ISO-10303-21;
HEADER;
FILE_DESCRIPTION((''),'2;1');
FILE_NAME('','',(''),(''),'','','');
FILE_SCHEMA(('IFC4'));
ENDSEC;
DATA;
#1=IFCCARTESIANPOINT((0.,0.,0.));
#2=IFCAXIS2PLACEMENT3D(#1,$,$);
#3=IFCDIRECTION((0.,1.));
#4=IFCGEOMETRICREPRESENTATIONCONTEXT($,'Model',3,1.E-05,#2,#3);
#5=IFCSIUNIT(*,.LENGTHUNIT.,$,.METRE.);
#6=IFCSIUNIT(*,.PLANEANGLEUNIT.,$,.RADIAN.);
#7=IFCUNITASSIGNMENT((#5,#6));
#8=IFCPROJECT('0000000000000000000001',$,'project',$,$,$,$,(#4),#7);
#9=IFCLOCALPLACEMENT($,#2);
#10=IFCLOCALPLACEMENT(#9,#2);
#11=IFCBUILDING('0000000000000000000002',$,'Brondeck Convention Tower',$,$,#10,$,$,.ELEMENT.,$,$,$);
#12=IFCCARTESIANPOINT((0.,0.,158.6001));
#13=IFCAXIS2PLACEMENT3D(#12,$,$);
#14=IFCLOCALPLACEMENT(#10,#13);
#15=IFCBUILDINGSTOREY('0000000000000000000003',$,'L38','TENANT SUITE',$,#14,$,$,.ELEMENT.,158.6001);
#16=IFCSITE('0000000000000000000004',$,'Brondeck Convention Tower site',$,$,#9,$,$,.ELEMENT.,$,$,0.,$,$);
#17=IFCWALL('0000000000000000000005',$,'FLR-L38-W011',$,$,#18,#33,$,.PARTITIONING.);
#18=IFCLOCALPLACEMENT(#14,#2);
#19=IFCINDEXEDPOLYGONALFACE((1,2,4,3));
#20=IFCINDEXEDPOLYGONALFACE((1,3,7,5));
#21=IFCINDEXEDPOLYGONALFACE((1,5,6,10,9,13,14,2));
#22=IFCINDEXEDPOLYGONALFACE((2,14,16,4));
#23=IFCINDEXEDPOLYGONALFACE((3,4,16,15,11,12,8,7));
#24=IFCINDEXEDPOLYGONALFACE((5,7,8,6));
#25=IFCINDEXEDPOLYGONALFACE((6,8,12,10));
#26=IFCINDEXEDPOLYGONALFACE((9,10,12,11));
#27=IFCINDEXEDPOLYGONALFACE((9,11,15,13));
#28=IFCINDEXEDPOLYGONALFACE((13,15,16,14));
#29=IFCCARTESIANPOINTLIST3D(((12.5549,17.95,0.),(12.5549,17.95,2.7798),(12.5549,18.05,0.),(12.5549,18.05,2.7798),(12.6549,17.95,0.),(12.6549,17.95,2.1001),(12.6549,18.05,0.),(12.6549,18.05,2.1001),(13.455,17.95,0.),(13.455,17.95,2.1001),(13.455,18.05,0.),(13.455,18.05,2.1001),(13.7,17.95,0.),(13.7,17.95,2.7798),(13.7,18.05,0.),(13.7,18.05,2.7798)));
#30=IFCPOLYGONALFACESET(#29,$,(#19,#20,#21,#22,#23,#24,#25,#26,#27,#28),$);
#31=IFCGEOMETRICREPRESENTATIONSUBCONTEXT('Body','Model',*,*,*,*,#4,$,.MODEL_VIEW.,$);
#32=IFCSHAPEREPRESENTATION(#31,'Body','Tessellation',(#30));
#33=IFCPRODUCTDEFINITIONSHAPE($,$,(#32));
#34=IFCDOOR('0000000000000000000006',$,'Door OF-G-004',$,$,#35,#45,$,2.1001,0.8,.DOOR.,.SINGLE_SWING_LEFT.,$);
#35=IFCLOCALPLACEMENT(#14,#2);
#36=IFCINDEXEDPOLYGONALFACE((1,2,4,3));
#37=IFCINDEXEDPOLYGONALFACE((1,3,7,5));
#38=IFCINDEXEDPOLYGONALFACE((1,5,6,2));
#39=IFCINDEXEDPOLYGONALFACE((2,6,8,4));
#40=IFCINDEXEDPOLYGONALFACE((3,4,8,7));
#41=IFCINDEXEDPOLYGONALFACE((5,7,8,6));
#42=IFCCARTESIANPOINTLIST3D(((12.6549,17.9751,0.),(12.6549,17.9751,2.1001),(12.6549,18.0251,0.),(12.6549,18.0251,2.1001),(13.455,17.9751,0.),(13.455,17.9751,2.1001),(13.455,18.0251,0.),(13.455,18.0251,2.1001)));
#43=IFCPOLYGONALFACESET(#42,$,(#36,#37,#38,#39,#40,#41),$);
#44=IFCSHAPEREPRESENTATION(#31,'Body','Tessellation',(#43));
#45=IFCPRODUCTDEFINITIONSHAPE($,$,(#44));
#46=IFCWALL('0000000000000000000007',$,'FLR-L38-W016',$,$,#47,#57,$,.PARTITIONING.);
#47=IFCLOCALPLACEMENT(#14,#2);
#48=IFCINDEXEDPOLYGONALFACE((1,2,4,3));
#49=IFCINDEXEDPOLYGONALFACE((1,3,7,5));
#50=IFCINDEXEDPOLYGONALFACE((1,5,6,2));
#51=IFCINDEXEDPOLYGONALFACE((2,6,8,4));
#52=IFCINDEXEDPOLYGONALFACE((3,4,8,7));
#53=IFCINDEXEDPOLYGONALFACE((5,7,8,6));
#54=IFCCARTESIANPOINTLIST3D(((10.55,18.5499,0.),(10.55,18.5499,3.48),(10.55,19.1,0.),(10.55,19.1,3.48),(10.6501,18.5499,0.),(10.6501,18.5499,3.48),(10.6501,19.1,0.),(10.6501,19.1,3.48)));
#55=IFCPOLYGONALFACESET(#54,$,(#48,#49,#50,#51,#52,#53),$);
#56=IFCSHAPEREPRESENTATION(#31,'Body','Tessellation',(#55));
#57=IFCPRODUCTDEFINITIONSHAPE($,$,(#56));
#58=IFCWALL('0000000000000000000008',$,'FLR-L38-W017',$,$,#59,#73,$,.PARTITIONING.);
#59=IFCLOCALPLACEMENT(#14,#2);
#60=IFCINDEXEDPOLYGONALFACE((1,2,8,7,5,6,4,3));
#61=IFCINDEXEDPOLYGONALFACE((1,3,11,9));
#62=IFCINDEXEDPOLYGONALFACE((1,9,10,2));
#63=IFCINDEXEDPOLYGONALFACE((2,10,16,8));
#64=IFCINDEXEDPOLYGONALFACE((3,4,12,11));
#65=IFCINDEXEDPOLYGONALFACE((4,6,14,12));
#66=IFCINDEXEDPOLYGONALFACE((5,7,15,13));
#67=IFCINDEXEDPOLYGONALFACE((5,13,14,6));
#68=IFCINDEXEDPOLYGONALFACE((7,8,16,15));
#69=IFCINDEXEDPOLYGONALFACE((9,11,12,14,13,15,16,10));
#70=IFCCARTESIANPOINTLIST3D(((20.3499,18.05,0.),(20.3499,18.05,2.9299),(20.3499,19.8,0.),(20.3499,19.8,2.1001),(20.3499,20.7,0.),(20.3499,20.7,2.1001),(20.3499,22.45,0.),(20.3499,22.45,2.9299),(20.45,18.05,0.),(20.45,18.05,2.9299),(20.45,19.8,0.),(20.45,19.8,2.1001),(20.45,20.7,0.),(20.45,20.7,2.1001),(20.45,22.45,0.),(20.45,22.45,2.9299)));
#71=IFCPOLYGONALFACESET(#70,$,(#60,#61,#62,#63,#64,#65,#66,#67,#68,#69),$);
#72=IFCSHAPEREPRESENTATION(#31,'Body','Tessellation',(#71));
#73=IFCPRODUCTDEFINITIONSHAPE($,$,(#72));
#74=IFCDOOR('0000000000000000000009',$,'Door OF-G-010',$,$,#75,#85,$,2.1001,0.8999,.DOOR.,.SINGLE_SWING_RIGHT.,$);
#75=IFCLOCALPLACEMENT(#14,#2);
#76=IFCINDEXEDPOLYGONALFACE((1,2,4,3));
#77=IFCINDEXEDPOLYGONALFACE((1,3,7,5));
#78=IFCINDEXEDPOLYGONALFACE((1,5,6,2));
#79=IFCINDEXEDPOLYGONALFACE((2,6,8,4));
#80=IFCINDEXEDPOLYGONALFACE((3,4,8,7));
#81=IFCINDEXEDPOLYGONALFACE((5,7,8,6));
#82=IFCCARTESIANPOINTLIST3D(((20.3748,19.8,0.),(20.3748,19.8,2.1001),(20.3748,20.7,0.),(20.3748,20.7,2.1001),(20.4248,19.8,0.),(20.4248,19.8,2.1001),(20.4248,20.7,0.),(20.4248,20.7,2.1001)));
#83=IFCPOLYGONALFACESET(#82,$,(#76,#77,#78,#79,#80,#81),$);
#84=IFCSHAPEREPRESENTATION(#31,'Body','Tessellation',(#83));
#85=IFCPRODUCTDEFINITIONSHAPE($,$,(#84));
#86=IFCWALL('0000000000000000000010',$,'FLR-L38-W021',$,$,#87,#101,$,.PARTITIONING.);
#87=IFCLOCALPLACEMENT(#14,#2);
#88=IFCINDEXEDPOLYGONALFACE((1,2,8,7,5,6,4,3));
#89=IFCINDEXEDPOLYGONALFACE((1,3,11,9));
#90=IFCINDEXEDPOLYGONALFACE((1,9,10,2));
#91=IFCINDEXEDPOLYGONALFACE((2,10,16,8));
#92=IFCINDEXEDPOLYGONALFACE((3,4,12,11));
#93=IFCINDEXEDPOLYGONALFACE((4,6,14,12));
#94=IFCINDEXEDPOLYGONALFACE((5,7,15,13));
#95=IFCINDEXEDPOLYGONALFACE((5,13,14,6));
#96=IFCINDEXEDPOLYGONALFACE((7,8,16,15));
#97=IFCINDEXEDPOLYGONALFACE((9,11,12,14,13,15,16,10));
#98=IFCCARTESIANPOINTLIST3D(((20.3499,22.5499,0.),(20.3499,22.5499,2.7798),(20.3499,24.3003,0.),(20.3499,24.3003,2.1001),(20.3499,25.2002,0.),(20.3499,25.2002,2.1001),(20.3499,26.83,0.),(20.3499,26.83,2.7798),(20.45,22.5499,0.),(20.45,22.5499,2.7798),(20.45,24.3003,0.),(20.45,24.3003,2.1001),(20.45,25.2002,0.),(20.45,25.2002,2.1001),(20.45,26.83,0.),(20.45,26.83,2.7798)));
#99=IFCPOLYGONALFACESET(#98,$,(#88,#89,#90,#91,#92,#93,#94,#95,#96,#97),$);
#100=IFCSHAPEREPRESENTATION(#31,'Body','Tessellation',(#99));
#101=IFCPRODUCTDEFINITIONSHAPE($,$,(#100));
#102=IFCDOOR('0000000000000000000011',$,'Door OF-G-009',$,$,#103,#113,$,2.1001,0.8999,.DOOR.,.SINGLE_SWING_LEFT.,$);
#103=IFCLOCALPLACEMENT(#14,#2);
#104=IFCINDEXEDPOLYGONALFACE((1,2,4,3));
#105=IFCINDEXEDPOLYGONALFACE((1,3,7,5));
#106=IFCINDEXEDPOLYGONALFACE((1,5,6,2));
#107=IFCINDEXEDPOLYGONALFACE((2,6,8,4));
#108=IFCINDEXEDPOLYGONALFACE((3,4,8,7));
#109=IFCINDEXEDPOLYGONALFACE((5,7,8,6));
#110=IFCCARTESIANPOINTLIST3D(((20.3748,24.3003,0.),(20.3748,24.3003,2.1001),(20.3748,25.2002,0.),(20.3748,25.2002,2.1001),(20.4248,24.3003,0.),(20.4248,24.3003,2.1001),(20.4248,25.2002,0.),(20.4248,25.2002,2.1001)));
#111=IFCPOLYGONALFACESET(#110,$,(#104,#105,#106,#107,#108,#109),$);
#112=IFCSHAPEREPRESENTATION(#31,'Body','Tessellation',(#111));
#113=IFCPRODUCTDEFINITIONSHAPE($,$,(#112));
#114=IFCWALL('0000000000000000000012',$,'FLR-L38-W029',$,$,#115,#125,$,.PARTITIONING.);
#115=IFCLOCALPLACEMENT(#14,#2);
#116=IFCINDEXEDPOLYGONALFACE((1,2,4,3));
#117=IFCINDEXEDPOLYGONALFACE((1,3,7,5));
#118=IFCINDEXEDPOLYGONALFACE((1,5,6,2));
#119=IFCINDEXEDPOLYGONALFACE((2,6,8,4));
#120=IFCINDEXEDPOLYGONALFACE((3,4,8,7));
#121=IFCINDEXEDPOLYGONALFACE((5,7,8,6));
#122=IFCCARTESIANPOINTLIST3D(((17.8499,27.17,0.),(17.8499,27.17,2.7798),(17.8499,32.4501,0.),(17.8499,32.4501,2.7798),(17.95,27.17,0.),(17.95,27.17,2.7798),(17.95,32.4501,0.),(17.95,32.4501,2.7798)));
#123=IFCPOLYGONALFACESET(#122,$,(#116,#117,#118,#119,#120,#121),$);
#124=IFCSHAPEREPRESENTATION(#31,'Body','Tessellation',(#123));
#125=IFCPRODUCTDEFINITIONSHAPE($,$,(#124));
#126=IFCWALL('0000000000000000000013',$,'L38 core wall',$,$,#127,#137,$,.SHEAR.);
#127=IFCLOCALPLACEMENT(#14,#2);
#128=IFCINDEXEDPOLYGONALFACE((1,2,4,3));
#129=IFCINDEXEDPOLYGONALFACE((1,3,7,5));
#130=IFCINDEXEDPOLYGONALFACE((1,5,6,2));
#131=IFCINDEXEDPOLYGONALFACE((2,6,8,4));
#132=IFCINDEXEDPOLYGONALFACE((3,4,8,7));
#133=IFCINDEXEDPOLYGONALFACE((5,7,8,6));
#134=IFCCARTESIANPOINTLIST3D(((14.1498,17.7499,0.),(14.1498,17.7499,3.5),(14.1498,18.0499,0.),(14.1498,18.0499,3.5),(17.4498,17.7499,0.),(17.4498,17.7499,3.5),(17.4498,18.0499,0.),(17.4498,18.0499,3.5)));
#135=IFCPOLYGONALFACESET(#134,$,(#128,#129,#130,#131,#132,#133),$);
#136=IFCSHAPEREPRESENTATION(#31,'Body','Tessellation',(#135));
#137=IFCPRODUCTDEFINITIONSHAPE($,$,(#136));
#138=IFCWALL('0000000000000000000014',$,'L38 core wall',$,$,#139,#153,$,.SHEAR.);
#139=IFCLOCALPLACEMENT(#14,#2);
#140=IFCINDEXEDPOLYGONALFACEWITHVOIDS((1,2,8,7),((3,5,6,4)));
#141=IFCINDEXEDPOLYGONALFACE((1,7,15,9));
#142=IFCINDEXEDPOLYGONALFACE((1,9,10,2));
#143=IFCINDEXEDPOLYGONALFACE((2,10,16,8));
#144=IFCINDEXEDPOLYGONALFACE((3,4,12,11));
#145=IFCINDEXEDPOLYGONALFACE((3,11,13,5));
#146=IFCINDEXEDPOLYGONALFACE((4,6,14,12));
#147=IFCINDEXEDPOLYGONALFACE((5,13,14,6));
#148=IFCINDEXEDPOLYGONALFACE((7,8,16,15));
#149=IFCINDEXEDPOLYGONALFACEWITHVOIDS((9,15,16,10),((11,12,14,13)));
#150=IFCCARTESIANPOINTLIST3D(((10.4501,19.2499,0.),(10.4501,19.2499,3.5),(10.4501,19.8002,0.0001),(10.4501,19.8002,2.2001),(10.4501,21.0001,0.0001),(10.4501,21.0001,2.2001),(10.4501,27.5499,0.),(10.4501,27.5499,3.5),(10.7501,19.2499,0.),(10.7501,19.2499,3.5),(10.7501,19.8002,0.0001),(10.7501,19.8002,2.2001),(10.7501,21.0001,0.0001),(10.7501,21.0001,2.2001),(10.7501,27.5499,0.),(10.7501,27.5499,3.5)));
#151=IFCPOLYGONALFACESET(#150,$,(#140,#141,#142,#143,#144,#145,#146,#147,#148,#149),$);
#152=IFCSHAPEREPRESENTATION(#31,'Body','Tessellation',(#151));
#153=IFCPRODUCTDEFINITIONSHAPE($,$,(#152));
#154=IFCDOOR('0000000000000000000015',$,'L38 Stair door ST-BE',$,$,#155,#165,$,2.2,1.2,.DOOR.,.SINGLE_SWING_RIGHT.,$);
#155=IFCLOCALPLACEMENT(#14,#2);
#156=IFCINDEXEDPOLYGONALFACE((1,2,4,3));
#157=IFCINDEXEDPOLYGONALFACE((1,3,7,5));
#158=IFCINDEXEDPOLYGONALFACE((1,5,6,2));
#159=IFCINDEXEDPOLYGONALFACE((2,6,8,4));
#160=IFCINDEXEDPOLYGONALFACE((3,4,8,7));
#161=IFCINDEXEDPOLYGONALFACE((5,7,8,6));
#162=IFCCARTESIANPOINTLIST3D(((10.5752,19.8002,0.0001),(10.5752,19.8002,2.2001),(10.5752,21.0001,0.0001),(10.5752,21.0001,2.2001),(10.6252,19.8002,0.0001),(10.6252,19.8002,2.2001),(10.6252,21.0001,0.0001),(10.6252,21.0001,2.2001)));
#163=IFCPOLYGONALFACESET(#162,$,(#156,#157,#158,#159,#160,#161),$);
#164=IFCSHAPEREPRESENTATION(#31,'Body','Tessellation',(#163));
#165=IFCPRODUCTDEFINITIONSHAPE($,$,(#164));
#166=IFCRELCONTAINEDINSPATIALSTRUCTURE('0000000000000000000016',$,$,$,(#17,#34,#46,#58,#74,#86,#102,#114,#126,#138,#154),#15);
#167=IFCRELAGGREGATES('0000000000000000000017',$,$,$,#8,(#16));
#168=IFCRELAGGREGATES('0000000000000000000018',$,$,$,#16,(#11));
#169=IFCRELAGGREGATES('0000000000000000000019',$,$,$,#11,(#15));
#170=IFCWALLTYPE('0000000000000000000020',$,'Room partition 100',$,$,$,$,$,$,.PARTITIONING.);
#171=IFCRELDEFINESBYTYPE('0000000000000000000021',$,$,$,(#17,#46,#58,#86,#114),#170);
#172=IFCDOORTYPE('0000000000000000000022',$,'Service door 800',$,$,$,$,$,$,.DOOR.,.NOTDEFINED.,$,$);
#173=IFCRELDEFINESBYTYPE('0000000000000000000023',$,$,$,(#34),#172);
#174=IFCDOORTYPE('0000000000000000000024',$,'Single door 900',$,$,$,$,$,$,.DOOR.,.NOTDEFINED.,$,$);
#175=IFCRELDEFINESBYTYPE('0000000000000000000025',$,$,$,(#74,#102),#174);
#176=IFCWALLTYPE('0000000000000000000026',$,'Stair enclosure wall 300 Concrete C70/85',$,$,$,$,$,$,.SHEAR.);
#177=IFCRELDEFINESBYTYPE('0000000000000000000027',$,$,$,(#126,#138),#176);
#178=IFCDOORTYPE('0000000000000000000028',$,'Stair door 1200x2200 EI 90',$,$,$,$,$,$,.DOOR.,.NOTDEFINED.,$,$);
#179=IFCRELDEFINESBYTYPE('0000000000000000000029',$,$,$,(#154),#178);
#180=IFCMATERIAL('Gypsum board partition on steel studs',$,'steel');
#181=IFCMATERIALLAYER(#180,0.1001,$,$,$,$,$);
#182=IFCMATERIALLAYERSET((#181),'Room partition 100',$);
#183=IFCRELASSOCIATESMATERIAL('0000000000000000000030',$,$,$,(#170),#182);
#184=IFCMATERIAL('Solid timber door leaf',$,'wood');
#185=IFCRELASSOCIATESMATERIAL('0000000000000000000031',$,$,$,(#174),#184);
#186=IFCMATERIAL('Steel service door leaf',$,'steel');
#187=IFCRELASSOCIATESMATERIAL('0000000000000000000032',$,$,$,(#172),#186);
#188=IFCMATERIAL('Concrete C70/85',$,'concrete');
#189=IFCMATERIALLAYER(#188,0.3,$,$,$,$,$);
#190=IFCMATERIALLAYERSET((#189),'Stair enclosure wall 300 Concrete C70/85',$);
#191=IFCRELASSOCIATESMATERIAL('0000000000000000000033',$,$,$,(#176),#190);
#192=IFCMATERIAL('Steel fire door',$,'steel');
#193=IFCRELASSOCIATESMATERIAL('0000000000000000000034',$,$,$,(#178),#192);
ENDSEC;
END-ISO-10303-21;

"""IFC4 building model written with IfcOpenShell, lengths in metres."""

from ifc_helpers import new_model, si_unit, direction, frame, frame_2d, origin, place, context, subcontext, project, spatial, rectangle, extrude, material, layer, layer_set, type_object, element, fill, save


model = new_model("IFC4")

# Units and contexts
model_context = context("Model", 3, precision=1e-05, world=origin(), true_north=direction((0.0, 1.0)))
body_context = subcontext(model_context, "Body", "Model", "MODEL_VIEW")
ifc_project = project(units=[si_unit("LENGTHUNIT", "METRE"), si_unit("PLANEANGLEUNIT", "RADIAN")], contexts=[model_context])

# Site, building, storey
site_placement = place(None, origin())
site = spatial("IfcSite", under=ifc_project, at=site_placement, Name="Brondeck Convention Tower site", CompositionType="ELEMENT", RefElevation=0.0)
building_placement = place(site_placement, origin())
building = spatial("IfcBuilding", under=site, at=building_placement, Name="Brondeck Convention Tower", CompositionType="ELEMENT")
storey_placement = place(building_placement, frame((0.0, 0.0, 158.6001)))
storey = spatial("IfcBuildingStorey", under=building, at=storey_placement, Name="L38", Description="TENANT SUITE", CompositionType="ELEMENT", Elevation=158.6001)

# Shared definitions
ifc_material_1 = material(Name="Concrete C70/85", Category="concrete")

# Wall, opening, door
ifc_material_2 = material(Name="Gypsum board partition on steel studs", Category="steel")
ifc_layer_1 = layer(ifc_material_2, 0.1001)
ifc_layer_set_1 = layer_set([ifc_layer_1], Name="Room partition 100")
wall_type_1 = type_object("IfcWallType", Name="Room partition 100", PredefinedType="PARTITIONING", material=ifc_layer_set_1)
ifc_material_3 = material(Name="Solid timber door leaf", Category="wood")
door_type_1 = type_object("IfcDoorType", Name="Single door 900", OperationType="NOTDEFINED", PredefinedType="DOOR", material=ifc_material_3)
wall_1_placement = place(storey_placement, frame((13.7, 18.0, 0.0), z_axis=(0.0, 0.0, 1.0), x_axis=(-1.0, 0.0, 0.0)))
wall_1 = element("IfcWall", 1, at=wall_1_placement, inside=storey, type_object=wall_type_1, Name="FLR-L38-W011", PredefinedType="PARTITIONING", context=body_context, shape_type="SweptSolid", body=[
    extrude(rectangle(XDim=1.145, YDim=0.1001, at=frame_2d((0.5725, 0.0))), origin(), (0.0, 0.0, 1.0), 2.7798),
])
opening_1_placement = place(wall_1_placement, frame((0.2451, 0.0, 0.0)))
opening_1 = element("IfcOpeningElement", 2, at=opening_1_placement, cuts=wall_1, PredefinedType="OPENING", context=body_context, shape_type="SweptSolid", body=[
    extrude(rectangle(XDim=0.8, YDim=2.1001, at=frame_2d((0.3999, 1.05))), frame((0.0, 0.0601, 0.0), z_axis=(0.0, -1.0, 0.0), x_axis=(1.0, 0.0, 0.0)), (0.0, 0.0, 1.0), 0.1201),
])
ifc_material_4 = material(Name="Steel service door leaf", Category="steel")
door_type_2 = type_object("IfcDoorType", Name="Service door 800", OperationType="NOTDEFINED", PredefinedType="DOOR", material=ifc_material_4)
door_1_placement = place(opening_1_placement, origin())
door_1 = element("IfcDoor", 3, at=door_1_placement, inside=storey, type_object=door_type_2, Name="Door OF-G-004", OperationType="SINGLE_SWING_LEFT", OverallHeight=2.1001, OverallWidth=0.8, PredefinedType="DOOR", context=body_context, shape_type="SweptSolid", body=[
    extrude(rectangle(XDim=0.8, YDim=2.1001, at=frame_2d((0.3999, 1.05))), frame((0.0, 0.0249, 0.0), z_axis=(0.0, -1.0, 0.0), x_axis=(1.0, 0.0, 0.0)), (0.0, 0.0, 1.0), 0.05),
])
fill(opening_1, door_1)

# Wall
wall_2_placement = place(storey_placement, frame((10.6001, 18.55, 0.0), z_axis=(0.0, 0.0, 1.0), x_axis=(0.0, 1.0, 0.0)))
element("IfcWall", 4, at=wall_2_placement, inside=storey, type_object=wall_type_1, Name="FLR-L38-W016", PredefinedType="PARTITIONING", context=body_context, shape_type="SweptSolid", body=[
    extrude(rectangle(XDim=0.55, YDim=0.1001, at=frame_2d((0.2749, 0.0))), origin(), (0.0, 0.0, 1.0), 3.48),
])

# Walls, openings, doors
wall_3_placement = place(storey_placement, frame((20.3999, 22.45, 0.0), z_axis=(0.0, 0.0, 1.0), x_axis=(0.0, -1.0, 0.0)))
wall_3 = element("IfcWall", 5, at=wall_3_placement, inside=storey, type_object=wall_type_1, Name="FLR-L38-W017", PredefinedType="PARTITIONING", context=body_context, shape_type="SweptSolid", body=[
    extrude(rectangle(XDim=4.3999, YDim=0.1001, at=frame_2d((2.2, 0.0))), origin(), (0.0, 0.0, 1.0), 2.9299),
])
opening_2_placement = place(wall_3_placement, frame((1.75, 0.0, 0.0)))
opening_2 = element("IfcOpeningElement", 6, at=opening_2_placement, cuts=wall_3, PredefinedType="OPENING", context=body_context, shape_type="SweptSolid", body=[
    extrude(rectangle(XDim=0.8999, YDim=2.1001, at=frame_2d((0.45, 1.05))), frame((0.0, 0.0601, 0.0), z_axis=(0.0, -1.0, 0.0), x_axis=(1.0, 0.0, 0.0)), (0.0, 0.0, 1.0), 0.1201),
])
door_2_placement = place(opening_2_placement, origin())
door_2 = element("IfcDoor", 7, at=door_2_placement, inside=storey, type_object=door_type_1, Name="Door OF-G-010", OperationType="SINGLE_SWING_RIGHT", OverallHeight=2.1001, OverallWidth=0.8999, PredefinedType="DOOR", context=body_context, shape_type="SweptSolid", body=[
    extrude(rectangle(XDim=0.8999, YDim=2.1001, at=frame_2d((0.45, 1.05))), frame((0.0, 0.0249, 0.0), z_axis=(0.0, -1.0, 0.0), x_axis=(1.0, 0.0, 0.0)), (0.0, 0.0, 1.0), 0.05),
])
fill(opening_2, door_2)
wall_4_placement = place(storey_placement, frame((20.3999, 26.8301, 0.0), z_axis=(0.0, 0.0, 1.0), x_axis=(0.0, -1.0, 0.0)))
wall_4 = element("IfcWall", 8, at=wall_4_placement, inside=storey, type_object=wall_type_1, Name="FLR-L38-W021", PredefinedType="PARTITIONING", context=body_context, shape_type="SweptSolid", body=[
    extrude(rectangle(XDim=4.28, YDim=0.1001, at=frame_2d((2.1401, 0.0))), origin(), (0.0, 0.0, 1.0), 2.7798),
])
opening_3_placement = place(wall_4_placement, frame((1.6299, 0.0, 0.0)))
opening_3 = element("IfcOpeningElement", 9, at=opening_3_placement, cuts=wall_4, PredefinedType="OPENING", context=body_context, shape_type="SweptSolid", body=[
    extrude(rectangle(XDim=0.8999, YDim=2.1001, at=frame_2d((0.45, 1.05))), frame((0.0, 0.0601, 0.0), z_axis=(0.0, -1.0, 0.0), x_axis=(1.0, 0.0, 0.0)), (0.0, 0.0, 1.0), 0.1201),
])
door_3_placement = place(opening_3_placement, origin())
door_3 = element("IfcDoor", 10, at=door_3_placement, inside=storey, type_object=door_type_1, Name="Door OF-G-009", OperationType="SINGLE_SWING_LEFT", OverallHeight=2.1001, OverallWidth=0.8999, PredefinedType="DOOR", context=body_context, shape_type="SweptSolid", body=[
    extrude(rectangle(XDim=0.8999, YDim=2.1001, at=frame_2d((0.45, 1.05))), frame((0.0, 0.0249, 0.0), z_axis=(0.0, -1.0, 0.0), x_axis=(1.0, 0.0, 0.0)), (0.0, 0.0, 1.0), 0.05),
])
fill(opening_3, door_3)

# Walls
wall_5_placement = place(storey_placement, frame((17.8999, 27.1699, 0.0), z_axis=(0.0, 0.0, 1.0), x_axis=(0.0, 1.0, 0.0)))
element("IfcWall", 11, at=wall_5_placement, inside=storey, type_object=wall_type_1, Name="FLR-L38-W029", PredefinedType="PARTITIONING", context=body_context, shape_type="SweptSolid", body=[
    extrude(rectangle(XDim=5.28, YDim=0.1001, at=frame_2d((2.6401, 0.0))), origin(), (0.0, 0.0, 1.0), 2.7798),
])
ifc_layer_2 = layer(ifc_material_1, 0.3)
ifc_layer_set_2 = layer_set([ifc_layer_2], Name="Stair enclosure wall 300 Concrete C70/85")
wall_type_2 = type_object("IfcWallType", Name="Stair enclosure wall 300 Concrete C70/85", PredefinedType="SHEAR", material=ifc_layer_set_2)
wall_6_placement = place(storey_placement, frame((14.1499, 17.8999, 0.0), z_axis=(0.0, 0.0, 1.0), x_axis=(1.0, 0.0, 0.0)))
element("IfcWall", 12, at=wall_6_placement, inside=storey, type_object=wall_type_2, Name="L38 core wall", PredefinedType="SHEAR", context=body_context, shape_type="SweptSolid", body=[
    extrude(rectangle(XDim=3.3, YDim=0.3, at=frame_2d((1.6499, 0.0))), origin(), (0.0, 0.0, 1.0), 3.5),
])

# Wall, opening, door
wall_7_placement = place(storey_placement, frame((10.6001, 19.25, 0.0), z_axis=(0.0, 0.0, 1.0), x_axis=(0.0, 1.0, 0.0)))
wall_7 = element("IfcWall", 13, at=wall_7_placement, inside=storey, type_object=wall_type_2, Name="L38 core wall", PredefinedType="SHEAR", context=body_context, shape_type="SweptSolid", body=[
    extrude(rectangle(XDim=8.3, YDim=0.3, at=frame_2d((4.1499, 0.0))), origin(), (0.0, 0.0, 1.0), 3.5),
])
opening_4_placement = place(wall_7_placement, frame((0.55, 0.0, 0.0)))
opening_4 = element("IfcOpeningElement", 14, at=opening_4_placement, cuts=wall_7, PredefinedType="OPENING", context=body_context, shape_type="SweptSolid", body=[
    extrude(rectangle(XDim=1.2, YDim=2.2, at=frame_2d((0.6001, 1.1001))), frame((0.0, 0.1599, 0.0), z_axis=(0.0, -1.0, 0.0), x_axis=(1.0, 0.0, 0.0)), (0.0, 0.0, 1.0), 0.3201),
])
ifc_material_5 = material(Name="Steel fire door", Category="steel")
door_type_3 = type_object("IfcDoorType", Name="Stair door 1200x2200 EI 90", OperationType="NOTDEFINED", PredefinedType="DOOR", material=ifc_material_5)
door_4_placement = place(opening_4_placement, origin())
door_4 = element("IfcDoor", 15, at=door_4_placement, inside=storey, type_object=door_type_3, Name="L38 Stair door ST-BE", OperationType="SINGLE_SWING_RIGHT", OverallHeight=2.2, OverallWidth=1.2, PredefinedType="DOOR", context=body_context, shape_type="SweptSolid", body=[
    extrude(rectangle(XDim=1.2, YDim=2.2, at=frame_2d((0.6001, 1.1001))), frame((0.0, 0.0249, 0.0), z_axis=(0.0, -1.0, 0.0), x_axis=(1.0, 0.0, 0.0)), (0.0, 0.0, 1.0), 0.05),
])
fill(opening_4, door_4)

save(model, "model.ifc")
